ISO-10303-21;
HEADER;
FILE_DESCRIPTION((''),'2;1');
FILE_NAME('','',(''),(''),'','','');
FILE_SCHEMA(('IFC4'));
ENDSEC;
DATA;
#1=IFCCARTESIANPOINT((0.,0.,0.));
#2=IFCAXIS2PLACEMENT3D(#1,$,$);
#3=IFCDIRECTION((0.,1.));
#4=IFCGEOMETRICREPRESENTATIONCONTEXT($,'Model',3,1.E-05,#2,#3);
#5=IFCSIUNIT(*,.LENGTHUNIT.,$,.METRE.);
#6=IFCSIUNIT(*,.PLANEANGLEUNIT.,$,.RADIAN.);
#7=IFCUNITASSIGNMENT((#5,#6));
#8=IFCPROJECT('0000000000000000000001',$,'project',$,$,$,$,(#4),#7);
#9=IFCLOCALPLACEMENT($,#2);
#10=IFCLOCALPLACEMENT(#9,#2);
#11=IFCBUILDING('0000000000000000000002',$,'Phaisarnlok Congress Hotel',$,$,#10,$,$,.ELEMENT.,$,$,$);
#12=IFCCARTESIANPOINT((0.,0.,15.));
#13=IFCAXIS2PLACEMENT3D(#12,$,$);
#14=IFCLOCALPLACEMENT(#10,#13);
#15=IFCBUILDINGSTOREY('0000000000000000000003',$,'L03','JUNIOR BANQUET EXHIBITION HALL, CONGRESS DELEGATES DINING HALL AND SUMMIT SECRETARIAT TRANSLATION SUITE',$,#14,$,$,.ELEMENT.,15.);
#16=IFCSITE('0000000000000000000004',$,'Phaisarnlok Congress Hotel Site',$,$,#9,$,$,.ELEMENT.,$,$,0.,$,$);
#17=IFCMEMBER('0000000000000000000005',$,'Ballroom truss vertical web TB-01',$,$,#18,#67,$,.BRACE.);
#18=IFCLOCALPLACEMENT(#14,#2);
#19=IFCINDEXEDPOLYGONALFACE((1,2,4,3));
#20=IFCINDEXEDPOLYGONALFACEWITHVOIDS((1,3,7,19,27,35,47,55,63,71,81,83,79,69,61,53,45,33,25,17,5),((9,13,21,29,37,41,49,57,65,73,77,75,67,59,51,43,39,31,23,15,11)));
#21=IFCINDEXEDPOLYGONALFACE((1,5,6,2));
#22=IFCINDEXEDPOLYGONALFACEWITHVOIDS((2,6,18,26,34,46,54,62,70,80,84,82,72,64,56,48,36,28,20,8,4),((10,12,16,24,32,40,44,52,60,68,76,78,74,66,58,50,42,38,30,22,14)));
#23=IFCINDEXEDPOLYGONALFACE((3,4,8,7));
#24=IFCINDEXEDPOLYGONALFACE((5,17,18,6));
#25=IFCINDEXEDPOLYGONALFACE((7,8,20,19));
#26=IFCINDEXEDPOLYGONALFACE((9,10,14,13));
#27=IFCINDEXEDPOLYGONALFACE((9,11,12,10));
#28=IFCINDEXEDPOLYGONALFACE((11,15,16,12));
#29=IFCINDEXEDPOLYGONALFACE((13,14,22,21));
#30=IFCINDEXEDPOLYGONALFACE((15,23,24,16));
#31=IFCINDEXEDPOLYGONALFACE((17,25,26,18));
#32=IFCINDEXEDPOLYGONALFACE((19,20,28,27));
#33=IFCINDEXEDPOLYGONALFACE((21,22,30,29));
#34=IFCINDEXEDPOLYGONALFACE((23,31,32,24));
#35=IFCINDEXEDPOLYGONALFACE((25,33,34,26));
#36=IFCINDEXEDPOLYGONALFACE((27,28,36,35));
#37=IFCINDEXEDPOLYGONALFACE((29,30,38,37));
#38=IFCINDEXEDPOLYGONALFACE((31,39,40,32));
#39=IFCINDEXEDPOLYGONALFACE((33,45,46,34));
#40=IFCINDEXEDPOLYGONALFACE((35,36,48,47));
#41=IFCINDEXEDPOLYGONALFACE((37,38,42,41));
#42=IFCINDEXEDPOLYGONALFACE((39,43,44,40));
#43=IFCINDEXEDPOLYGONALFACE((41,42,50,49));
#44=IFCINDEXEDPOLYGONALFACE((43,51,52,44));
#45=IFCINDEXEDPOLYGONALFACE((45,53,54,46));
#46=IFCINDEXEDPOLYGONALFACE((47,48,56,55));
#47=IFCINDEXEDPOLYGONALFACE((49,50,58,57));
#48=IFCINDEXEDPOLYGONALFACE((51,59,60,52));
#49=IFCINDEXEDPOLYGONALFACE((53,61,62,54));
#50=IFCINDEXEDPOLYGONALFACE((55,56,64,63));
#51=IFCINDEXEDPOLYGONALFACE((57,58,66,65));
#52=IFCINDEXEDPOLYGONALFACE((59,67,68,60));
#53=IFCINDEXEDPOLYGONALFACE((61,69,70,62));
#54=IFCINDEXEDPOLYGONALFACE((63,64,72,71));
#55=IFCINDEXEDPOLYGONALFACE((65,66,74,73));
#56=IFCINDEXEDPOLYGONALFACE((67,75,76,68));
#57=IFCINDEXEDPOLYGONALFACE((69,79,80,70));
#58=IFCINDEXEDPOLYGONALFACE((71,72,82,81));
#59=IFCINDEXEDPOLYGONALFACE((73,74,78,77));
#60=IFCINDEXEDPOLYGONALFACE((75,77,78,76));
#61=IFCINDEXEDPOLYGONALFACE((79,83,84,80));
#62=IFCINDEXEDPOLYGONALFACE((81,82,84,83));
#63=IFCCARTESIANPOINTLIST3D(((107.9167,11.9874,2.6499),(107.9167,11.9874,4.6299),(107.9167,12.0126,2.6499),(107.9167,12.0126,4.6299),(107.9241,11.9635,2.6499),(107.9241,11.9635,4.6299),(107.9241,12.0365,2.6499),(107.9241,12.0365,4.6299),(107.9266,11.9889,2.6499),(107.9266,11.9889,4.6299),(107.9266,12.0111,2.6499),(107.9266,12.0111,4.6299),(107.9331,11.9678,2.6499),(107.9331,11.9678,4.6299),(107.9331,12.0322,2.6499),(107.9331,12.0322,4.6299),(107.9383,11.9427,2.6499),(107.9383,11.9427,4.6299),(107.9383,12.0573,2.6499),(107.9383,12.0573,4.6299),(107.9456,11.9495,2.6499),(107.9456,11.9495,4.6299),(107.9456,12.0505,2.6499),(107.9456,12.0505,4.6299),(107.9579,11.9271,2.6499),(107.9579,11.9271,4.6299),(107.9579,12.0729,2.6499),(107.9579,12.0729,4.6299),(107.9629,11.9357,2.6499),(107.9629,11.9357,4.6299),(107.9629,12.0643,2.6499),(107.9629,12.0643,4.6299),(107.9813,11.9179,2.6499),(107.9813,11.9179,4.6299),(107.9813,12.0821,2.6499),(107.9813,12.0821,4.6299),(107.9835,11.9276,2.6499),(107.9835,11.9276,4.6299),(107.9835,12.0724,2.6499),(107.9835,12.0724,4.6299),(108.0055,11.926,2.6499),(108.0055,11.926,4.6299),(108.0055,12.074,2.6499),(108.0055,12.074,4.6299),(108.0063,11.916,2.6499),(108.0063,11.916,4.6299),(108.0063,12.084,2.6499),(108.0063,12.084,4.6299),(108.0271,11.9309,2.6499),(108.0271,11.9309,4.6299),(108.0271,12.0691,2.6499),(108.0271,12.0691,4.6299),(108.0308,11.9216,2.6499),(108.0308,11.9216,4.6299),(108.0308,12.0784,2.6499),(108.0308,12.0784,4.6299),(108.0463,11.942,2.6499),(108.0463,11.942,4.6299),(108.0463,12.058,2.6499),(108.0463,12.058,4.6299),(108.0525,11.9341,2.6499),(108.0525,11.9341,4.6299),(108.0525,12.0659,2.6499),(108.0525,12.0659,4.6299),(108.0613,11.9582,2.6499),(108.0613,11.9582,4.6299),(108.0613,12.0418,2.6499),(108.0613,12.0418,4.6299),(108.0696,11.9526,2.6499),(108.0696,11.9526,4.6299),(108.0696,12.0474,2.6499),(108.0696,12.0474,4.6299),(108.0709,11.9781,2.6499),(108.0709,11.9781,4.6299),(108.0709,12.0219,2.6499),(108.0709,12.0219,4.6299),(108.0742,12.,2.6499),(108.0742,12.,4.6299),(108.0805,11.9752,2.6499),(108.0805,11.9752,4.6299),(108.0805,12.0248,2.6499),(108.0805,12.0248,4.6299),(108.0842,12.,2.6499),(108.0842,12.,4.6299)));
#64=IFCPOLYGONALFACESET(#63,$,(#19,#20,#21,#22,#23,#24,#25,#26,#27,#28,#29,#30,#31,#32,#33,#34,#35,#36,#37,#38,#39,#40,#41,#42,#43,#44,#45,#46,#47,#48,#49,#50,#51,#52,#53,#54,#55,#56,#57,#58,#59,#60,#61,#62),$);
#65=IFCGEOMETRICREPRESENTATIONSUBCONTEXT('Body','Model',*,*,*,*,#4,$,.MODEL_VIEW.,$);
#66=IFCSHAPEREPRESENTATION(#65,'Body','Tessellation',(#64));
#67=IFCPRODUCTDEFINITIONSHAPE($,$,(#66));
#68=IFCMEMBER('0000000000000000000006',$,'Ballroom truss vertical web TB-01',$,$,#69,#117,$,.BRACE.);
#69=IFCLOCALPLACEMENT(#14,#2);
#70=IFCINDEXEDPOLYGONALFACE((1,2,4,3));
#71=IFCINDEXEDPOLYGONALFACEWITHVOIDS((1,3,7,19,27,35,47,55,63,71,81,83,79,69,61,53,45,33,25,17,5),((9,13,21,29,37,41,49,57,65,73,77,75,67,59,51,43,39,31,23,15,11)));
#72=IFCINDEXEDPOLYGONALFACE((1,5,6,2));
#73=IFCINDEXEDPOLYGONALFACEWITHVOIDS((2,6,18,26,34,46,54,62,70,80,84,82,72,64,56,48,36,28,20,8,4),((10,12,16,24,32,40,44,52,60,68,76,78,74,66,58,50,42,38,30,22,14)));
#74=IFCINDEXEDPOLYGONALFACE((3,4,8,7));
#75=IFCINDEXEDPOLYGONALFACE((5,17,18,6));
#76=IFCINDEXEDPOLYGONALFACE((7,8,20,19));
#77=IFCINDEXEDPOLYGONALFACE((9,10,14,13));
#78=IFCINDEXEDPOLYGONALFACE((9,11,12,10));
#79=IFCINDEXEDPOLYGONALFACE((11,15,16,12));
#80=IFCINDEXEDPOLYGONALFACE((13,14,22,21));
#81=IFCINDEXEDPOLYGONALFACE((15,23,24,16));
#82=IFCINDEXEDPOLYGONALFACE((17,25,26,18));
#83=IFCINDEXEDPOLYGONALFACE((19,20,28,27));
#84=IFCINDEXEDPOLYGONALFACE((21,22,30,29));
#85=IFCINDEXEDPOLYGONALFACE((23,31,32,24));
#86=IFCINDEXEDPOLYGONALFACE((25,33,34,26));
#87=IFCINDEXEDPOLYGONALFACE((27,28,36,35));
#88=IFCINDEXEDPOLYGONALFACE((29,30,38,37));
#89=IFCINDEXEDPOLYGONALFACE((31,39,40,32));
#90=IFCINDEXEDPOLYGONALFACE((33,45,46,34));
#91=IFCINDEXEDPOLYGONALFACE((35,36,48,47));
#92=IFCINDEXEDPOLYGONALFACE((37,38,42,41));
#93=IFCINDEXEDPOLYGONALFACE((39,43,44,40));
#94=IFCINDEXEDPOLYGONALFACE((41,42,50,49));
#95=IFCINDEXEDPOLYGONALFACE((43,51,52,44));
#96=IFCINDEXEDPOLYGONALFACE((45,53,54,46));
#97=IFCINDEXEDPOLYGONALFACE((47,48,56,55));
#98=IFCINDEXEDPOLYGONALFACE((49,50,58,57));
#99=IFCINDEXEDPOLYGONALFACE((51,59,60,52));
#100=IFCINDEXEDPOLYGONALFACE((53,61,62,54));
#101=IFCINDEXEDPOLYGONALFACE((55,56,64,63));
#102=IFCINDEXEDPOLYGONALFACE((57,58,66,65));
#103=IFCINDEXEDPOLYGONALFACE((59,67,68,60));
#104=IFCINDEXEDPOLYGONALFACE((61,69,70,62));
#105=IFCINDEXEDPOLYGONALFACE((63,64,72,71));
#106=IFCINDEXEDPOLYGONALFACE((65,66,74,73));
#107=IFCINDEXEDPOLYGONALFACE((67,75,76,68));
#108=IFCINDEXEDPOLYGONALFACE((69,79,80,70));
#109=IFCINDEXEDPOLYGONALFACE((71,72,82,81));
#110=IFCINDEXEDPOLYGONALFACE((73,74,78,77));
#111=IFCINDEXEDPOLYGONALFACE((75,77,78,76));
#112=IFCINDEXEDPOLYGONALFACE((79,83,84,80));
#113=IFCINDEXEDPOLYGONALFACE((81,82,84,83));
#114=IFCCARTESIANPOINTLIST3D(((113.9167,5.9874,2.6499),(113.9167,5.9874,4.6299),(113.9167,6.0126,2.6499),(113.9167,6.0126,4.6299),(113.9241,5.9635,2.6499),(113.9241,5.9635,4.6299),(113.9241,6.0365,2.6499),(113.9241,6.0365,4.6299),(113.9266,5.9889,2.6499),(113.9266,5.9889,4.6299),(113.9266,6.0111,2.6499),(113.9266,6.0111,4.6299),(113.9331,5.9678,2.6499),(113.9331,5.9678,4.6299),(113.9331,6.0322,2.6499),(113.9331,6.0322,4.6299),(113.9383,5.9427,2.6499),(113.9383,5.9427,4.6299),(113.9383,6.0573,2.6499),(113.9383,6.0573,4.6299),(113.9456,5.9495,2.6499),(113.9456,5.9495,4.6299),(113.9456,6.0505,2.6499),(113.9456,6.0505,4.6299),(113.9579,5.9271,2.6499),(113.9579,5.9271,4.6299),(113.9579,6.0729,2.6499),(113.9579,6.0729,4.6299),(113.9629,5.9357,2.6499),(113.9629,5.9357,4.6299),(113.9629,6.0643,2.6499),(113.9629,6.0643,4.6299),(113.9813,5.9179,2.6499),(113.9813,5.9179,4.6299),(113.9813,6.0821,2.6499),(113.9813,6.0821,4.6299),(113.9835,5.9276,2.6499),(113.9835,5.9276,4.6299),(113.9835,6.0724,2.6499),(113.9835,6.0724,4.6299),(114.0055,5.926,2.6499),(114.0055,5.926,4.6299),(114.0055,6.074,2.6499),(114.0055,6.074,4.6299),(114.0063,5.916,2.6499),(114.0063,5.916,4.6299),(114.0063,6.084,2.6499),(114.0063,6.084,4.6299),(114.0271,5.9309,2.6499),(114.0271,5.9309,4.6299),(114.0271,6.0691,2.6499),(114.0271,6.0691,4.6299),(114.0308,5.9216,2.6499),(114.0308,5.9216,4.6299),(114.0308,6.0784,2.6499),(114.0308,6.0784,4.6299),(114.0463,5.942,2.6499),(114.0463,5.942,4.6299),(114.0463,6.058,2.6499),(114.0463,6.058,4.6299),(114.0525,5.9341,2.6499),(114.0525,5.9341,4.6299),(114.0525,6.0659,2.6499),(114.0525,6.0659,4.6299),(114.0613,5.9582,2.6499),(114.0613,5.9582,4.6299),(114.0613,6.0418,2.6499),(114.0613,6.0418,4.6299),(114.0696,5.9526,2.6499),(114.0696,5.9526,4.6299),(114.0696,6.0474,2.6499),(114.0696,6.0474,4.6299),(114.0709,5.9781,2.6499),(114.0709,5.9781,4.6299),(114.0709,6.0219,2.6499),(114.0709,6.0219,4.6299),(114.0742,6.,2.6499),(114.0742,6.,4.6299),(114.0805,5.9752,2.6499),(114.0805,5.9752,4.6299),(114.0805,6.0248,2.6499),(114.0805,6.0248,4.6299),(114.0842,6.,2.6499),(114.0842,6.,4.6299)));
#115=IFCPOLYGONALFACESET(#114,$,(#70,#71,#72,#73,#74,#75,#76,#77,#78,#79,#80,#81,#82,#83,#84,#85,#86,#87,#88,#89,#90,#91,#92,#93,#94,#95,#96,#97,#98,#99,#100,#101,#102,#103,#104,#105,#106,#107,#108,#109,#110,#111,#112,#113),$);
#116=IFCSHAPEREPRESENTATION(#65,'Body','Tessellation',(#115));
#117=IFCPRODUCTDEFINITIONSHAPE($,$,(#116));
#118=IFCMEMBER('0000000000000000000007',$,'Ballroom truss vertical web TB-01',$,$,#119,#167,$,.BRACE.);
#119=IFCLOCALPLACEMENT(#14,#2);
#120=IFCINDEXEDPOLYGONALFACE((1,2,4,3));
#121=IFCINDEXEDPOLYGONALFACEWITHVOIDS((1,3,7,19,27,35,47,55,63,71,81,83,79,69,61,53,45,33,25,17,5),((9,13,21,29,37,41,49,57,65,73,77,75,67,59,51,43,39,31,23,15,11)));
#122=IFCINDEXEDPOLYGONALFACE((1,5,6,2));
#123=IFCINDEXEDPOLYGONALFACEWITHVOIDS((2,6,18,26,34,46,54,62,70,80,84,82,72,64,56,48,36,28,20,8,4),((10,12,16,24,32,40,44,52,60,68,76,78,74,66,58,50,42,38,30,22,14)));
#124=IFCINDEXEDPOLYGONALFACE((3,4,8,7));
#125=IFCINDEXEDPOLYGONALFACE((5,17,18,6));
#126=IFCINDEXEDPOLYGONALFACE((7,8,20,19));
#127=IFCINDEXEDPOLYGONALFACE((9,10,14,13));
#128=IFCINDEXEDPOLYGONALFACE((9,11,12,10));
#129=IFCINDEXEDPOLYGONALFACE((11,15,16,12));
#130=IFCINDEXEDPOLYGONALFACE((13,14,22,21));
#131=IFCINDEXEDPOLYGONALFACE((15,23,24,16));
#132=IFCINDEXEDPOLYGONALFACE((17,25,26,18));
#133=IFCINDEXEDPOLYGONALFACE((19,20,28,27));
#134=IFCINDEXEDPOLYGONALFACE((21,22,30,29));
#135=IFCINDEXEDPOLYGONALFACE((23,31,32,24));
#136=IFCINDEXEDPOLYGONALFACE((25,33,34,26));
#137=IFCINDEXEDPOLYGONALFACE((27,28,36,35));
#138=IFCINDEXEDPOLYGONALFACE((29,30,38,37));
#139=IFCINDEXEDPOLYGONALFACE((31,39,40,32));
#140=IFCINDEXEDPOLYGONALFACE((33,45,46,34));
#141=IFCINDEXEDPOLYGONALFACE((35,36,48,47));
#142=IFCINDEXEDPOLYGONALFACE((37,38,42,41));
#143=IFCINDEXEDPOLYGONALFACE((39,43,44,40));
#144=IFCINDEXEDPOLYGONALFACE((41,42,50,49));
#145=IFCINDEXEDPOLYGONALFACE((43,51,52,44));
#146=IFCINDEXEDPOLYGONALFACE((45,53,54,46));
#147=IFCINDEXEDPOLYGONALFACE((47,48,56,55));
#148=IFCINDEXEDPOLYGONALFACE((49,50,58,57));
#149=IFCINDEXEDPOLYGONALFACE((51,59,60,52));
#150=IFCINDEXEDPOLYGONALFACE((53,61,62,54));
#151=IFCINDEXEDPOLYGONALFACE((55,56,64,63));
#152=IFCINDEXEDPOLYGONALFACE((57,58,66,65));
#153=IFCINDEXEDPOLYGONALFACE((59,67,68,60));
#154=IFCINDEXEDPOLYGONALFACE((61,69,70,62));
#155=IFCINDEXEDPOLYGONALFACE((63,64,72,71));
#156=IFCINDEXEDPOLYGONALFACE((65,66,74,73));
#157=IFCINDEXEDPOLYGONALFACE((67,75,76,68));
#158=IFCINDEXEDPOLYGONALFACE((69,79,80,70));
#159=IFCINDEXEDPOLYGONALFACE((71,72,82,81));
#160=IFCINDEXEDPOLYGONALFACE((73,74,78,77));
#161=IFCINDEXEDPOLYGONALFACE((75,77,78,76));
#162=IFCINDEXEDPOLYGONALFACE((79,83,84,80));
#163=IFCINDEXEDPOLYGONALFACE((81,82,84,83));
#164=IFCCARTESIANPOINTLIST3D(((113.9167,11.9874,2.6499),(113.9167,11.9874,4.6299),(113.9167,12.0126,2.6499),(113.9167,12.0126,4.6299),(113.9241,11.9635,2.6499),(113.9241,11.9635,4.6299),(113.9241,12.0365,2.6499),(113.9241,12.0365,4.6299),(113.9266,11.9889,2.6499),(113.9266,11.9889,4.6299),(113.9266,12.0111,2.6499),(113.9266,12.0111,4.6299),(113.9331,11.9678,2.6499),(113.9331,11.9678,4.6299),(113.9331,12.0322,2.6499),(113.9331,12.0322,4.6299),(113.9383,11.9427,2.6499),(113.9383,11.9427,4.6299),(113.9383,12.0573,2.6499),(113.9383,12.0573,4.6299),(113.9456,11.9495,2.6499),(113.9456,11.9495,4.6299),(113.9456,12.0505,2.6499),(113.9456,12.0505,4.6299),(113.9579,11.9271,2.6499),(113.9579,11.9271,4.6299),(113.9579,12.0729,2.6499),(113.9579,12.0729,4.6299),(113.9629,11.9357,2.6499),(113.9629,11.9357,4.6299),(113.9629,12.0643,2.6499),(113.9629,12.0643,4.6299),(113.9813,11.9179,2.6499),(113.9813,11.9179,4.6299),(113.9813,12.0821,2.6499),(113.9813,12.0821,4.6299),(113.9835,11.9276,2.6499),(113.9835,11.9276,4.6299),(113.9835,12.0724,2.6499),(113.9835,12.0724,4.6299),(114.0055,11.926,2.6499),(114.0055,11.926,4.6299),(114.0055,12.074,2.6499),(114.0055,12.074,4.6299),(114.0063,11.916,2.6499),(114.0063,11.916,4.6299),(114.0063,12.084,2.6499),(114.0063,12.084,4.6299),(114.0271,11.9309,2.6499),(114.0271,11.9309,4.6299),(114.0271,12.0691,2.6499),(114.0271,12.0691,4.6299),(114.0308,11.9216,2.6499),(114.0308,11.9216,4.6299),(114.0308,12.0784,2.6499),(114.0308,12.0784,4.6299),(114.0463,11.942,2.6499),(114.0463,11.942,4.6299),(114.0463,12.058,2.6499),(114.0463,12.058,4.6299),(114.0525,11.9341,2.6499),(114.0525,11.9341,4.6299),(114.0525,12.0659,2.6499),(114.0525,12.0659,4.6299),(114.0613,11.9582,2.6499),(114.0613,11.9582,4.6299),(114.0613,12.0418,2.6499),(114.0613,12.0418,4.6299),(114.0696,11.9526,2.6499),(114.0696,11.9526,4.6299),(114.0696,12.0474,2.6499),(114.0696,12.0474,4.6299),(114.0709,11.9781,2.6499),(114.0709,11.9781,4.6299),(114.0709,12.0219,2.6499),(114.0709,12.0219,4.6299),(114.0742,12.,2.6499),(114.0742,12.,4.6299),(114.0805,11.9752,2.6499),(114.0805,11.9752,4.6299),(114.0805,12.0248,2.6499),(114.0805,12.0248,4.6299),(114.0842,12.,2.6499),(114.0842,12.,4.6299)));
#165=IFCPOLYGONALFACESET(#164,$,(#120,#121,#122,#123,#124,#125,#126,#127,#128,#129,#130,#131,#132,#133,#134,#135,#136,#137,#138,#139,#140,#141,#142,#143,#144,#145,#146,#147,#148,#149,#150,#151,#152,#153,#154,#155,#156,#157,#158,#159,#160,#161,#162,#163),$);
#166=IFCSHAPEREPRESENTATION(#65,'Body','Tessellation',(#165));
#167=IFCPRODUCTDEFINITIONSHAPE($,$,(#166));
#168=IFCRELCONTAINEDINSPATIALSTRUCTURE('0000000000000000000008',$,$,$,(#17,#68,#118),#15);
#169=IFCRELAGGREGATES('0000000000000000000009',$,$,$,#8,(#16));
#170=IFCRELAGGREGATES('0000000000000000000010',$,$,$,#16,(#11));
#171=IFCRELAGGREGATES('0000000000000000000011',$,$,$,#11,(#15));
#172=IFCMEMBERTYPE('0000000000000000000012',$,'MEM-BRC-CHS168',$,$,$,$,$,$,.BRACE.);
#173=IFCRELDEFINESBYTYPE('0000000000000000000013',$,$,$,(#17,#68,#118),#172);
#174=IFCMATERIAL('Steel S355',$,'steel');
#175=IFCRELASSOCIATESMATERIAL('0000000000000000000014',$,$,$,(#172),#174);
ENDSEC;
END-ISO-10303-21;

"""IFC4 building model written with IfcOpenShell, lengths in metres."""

from ifc_helpers import new_model, si_unit, direction, frame, origin, origin_2d, place, context, subcontext, project, spatial, hollow_circle, extrude, material, material_profile, profile_set, type_object, element, save


model = new_model("IFC4")

# Units and contexts
model_context = context("Model", 3, precision=1e-05, world=origin(), true_north=direction((0.0, 1.0)))
body_context = subcontext(model_context, "Body", "Model", "MODEL_VIEW")
ifc_project = project(units=[si_unit("LENGTHUNIT", "METRE"), si_unit("PLANEANGLEUNIT", "RADIAN")], contexts=[model_context])

# Site, building, storey
site_placement = place(None, origin())
site = spatial("IfcSite", under=ifc_project, at=site_placement, Name="Phaisarnlok Congress Hotel Site", CompositionType="ELEMENT", RefElevation=0.0)
building_placement = place(site_placement, origin())
building = spatial("IfcBuilding", under=site, at=building_placement, Name="Phaisarnlok Congress Hotel", CompositionType="ELEMENT")
storey_placement = place(building_placement, frame((0.0, 0.0, 15.0)))
storey = spatial("IfcBuildingStorey", under=building, at=storey_placement, Name="L03", Description="JUNIOR BANQUET EXHIBITION HALL, CONGRESS DELEGATES DINING HALL AND SUMMIT SECRETARIAT TRANSLATION SUITE", CompositionType="ELEMENT", Elevation=15.0)

# Members
ifc_material_1 = material(Name="Steel S355", Category="steel")
ifc_material_profile_1 = material_profile(ifc_material_1, hollow_circle(Radius=0.0842, WallThickness=0.01, at=origin_2d()), Name="CHS 168.3x10")
ifc_profile_set_1 = profile_set([ifc_material_profile_1], Name="Steel S355")
member_type_1 = type_object("IfcMemberType", Name="MEM-BRC-CHS168", PredefinedType="BRACE", material=ifc_profile_set_1)
for number, where, z_axis, x_axis, name in (
    (1, (108.0, 12.0, 2.6499), (0.0, 0.0, 1.0), (1.0, 0.0, 0.0), "Ballroom truss vertical web TB-01"),
    (2, (114.0, 6.0, 2.6499), (0.0, 0.0, 1.0), (1.0, 0.0, 0.0), "Ballroom truss vertical web TB-01"),
    (3, (114.0, 12.0, 2.6499), (0.0, 0.0, 1.0), (1.0, 0.0, 0.0), "Ballroom truss vertical web TB-01"),
):
    element("IfcMember", number, at=place(storey_placement, frame(where, z_axis=z_axis, x_axis=x_axis)), inside=storey, type_object=member_type_1, Name=name, PredefinedType="BRACE", context=body_context, shape_type="SweptSolid", body=[
        extrude(hollow_circle(Radius=0.0842, WallThickness=0.01, at=origin_2d()), origin(), (0.0, 0.0, 1.0), 1.98),
    ])

save(model, "model.ifc")
